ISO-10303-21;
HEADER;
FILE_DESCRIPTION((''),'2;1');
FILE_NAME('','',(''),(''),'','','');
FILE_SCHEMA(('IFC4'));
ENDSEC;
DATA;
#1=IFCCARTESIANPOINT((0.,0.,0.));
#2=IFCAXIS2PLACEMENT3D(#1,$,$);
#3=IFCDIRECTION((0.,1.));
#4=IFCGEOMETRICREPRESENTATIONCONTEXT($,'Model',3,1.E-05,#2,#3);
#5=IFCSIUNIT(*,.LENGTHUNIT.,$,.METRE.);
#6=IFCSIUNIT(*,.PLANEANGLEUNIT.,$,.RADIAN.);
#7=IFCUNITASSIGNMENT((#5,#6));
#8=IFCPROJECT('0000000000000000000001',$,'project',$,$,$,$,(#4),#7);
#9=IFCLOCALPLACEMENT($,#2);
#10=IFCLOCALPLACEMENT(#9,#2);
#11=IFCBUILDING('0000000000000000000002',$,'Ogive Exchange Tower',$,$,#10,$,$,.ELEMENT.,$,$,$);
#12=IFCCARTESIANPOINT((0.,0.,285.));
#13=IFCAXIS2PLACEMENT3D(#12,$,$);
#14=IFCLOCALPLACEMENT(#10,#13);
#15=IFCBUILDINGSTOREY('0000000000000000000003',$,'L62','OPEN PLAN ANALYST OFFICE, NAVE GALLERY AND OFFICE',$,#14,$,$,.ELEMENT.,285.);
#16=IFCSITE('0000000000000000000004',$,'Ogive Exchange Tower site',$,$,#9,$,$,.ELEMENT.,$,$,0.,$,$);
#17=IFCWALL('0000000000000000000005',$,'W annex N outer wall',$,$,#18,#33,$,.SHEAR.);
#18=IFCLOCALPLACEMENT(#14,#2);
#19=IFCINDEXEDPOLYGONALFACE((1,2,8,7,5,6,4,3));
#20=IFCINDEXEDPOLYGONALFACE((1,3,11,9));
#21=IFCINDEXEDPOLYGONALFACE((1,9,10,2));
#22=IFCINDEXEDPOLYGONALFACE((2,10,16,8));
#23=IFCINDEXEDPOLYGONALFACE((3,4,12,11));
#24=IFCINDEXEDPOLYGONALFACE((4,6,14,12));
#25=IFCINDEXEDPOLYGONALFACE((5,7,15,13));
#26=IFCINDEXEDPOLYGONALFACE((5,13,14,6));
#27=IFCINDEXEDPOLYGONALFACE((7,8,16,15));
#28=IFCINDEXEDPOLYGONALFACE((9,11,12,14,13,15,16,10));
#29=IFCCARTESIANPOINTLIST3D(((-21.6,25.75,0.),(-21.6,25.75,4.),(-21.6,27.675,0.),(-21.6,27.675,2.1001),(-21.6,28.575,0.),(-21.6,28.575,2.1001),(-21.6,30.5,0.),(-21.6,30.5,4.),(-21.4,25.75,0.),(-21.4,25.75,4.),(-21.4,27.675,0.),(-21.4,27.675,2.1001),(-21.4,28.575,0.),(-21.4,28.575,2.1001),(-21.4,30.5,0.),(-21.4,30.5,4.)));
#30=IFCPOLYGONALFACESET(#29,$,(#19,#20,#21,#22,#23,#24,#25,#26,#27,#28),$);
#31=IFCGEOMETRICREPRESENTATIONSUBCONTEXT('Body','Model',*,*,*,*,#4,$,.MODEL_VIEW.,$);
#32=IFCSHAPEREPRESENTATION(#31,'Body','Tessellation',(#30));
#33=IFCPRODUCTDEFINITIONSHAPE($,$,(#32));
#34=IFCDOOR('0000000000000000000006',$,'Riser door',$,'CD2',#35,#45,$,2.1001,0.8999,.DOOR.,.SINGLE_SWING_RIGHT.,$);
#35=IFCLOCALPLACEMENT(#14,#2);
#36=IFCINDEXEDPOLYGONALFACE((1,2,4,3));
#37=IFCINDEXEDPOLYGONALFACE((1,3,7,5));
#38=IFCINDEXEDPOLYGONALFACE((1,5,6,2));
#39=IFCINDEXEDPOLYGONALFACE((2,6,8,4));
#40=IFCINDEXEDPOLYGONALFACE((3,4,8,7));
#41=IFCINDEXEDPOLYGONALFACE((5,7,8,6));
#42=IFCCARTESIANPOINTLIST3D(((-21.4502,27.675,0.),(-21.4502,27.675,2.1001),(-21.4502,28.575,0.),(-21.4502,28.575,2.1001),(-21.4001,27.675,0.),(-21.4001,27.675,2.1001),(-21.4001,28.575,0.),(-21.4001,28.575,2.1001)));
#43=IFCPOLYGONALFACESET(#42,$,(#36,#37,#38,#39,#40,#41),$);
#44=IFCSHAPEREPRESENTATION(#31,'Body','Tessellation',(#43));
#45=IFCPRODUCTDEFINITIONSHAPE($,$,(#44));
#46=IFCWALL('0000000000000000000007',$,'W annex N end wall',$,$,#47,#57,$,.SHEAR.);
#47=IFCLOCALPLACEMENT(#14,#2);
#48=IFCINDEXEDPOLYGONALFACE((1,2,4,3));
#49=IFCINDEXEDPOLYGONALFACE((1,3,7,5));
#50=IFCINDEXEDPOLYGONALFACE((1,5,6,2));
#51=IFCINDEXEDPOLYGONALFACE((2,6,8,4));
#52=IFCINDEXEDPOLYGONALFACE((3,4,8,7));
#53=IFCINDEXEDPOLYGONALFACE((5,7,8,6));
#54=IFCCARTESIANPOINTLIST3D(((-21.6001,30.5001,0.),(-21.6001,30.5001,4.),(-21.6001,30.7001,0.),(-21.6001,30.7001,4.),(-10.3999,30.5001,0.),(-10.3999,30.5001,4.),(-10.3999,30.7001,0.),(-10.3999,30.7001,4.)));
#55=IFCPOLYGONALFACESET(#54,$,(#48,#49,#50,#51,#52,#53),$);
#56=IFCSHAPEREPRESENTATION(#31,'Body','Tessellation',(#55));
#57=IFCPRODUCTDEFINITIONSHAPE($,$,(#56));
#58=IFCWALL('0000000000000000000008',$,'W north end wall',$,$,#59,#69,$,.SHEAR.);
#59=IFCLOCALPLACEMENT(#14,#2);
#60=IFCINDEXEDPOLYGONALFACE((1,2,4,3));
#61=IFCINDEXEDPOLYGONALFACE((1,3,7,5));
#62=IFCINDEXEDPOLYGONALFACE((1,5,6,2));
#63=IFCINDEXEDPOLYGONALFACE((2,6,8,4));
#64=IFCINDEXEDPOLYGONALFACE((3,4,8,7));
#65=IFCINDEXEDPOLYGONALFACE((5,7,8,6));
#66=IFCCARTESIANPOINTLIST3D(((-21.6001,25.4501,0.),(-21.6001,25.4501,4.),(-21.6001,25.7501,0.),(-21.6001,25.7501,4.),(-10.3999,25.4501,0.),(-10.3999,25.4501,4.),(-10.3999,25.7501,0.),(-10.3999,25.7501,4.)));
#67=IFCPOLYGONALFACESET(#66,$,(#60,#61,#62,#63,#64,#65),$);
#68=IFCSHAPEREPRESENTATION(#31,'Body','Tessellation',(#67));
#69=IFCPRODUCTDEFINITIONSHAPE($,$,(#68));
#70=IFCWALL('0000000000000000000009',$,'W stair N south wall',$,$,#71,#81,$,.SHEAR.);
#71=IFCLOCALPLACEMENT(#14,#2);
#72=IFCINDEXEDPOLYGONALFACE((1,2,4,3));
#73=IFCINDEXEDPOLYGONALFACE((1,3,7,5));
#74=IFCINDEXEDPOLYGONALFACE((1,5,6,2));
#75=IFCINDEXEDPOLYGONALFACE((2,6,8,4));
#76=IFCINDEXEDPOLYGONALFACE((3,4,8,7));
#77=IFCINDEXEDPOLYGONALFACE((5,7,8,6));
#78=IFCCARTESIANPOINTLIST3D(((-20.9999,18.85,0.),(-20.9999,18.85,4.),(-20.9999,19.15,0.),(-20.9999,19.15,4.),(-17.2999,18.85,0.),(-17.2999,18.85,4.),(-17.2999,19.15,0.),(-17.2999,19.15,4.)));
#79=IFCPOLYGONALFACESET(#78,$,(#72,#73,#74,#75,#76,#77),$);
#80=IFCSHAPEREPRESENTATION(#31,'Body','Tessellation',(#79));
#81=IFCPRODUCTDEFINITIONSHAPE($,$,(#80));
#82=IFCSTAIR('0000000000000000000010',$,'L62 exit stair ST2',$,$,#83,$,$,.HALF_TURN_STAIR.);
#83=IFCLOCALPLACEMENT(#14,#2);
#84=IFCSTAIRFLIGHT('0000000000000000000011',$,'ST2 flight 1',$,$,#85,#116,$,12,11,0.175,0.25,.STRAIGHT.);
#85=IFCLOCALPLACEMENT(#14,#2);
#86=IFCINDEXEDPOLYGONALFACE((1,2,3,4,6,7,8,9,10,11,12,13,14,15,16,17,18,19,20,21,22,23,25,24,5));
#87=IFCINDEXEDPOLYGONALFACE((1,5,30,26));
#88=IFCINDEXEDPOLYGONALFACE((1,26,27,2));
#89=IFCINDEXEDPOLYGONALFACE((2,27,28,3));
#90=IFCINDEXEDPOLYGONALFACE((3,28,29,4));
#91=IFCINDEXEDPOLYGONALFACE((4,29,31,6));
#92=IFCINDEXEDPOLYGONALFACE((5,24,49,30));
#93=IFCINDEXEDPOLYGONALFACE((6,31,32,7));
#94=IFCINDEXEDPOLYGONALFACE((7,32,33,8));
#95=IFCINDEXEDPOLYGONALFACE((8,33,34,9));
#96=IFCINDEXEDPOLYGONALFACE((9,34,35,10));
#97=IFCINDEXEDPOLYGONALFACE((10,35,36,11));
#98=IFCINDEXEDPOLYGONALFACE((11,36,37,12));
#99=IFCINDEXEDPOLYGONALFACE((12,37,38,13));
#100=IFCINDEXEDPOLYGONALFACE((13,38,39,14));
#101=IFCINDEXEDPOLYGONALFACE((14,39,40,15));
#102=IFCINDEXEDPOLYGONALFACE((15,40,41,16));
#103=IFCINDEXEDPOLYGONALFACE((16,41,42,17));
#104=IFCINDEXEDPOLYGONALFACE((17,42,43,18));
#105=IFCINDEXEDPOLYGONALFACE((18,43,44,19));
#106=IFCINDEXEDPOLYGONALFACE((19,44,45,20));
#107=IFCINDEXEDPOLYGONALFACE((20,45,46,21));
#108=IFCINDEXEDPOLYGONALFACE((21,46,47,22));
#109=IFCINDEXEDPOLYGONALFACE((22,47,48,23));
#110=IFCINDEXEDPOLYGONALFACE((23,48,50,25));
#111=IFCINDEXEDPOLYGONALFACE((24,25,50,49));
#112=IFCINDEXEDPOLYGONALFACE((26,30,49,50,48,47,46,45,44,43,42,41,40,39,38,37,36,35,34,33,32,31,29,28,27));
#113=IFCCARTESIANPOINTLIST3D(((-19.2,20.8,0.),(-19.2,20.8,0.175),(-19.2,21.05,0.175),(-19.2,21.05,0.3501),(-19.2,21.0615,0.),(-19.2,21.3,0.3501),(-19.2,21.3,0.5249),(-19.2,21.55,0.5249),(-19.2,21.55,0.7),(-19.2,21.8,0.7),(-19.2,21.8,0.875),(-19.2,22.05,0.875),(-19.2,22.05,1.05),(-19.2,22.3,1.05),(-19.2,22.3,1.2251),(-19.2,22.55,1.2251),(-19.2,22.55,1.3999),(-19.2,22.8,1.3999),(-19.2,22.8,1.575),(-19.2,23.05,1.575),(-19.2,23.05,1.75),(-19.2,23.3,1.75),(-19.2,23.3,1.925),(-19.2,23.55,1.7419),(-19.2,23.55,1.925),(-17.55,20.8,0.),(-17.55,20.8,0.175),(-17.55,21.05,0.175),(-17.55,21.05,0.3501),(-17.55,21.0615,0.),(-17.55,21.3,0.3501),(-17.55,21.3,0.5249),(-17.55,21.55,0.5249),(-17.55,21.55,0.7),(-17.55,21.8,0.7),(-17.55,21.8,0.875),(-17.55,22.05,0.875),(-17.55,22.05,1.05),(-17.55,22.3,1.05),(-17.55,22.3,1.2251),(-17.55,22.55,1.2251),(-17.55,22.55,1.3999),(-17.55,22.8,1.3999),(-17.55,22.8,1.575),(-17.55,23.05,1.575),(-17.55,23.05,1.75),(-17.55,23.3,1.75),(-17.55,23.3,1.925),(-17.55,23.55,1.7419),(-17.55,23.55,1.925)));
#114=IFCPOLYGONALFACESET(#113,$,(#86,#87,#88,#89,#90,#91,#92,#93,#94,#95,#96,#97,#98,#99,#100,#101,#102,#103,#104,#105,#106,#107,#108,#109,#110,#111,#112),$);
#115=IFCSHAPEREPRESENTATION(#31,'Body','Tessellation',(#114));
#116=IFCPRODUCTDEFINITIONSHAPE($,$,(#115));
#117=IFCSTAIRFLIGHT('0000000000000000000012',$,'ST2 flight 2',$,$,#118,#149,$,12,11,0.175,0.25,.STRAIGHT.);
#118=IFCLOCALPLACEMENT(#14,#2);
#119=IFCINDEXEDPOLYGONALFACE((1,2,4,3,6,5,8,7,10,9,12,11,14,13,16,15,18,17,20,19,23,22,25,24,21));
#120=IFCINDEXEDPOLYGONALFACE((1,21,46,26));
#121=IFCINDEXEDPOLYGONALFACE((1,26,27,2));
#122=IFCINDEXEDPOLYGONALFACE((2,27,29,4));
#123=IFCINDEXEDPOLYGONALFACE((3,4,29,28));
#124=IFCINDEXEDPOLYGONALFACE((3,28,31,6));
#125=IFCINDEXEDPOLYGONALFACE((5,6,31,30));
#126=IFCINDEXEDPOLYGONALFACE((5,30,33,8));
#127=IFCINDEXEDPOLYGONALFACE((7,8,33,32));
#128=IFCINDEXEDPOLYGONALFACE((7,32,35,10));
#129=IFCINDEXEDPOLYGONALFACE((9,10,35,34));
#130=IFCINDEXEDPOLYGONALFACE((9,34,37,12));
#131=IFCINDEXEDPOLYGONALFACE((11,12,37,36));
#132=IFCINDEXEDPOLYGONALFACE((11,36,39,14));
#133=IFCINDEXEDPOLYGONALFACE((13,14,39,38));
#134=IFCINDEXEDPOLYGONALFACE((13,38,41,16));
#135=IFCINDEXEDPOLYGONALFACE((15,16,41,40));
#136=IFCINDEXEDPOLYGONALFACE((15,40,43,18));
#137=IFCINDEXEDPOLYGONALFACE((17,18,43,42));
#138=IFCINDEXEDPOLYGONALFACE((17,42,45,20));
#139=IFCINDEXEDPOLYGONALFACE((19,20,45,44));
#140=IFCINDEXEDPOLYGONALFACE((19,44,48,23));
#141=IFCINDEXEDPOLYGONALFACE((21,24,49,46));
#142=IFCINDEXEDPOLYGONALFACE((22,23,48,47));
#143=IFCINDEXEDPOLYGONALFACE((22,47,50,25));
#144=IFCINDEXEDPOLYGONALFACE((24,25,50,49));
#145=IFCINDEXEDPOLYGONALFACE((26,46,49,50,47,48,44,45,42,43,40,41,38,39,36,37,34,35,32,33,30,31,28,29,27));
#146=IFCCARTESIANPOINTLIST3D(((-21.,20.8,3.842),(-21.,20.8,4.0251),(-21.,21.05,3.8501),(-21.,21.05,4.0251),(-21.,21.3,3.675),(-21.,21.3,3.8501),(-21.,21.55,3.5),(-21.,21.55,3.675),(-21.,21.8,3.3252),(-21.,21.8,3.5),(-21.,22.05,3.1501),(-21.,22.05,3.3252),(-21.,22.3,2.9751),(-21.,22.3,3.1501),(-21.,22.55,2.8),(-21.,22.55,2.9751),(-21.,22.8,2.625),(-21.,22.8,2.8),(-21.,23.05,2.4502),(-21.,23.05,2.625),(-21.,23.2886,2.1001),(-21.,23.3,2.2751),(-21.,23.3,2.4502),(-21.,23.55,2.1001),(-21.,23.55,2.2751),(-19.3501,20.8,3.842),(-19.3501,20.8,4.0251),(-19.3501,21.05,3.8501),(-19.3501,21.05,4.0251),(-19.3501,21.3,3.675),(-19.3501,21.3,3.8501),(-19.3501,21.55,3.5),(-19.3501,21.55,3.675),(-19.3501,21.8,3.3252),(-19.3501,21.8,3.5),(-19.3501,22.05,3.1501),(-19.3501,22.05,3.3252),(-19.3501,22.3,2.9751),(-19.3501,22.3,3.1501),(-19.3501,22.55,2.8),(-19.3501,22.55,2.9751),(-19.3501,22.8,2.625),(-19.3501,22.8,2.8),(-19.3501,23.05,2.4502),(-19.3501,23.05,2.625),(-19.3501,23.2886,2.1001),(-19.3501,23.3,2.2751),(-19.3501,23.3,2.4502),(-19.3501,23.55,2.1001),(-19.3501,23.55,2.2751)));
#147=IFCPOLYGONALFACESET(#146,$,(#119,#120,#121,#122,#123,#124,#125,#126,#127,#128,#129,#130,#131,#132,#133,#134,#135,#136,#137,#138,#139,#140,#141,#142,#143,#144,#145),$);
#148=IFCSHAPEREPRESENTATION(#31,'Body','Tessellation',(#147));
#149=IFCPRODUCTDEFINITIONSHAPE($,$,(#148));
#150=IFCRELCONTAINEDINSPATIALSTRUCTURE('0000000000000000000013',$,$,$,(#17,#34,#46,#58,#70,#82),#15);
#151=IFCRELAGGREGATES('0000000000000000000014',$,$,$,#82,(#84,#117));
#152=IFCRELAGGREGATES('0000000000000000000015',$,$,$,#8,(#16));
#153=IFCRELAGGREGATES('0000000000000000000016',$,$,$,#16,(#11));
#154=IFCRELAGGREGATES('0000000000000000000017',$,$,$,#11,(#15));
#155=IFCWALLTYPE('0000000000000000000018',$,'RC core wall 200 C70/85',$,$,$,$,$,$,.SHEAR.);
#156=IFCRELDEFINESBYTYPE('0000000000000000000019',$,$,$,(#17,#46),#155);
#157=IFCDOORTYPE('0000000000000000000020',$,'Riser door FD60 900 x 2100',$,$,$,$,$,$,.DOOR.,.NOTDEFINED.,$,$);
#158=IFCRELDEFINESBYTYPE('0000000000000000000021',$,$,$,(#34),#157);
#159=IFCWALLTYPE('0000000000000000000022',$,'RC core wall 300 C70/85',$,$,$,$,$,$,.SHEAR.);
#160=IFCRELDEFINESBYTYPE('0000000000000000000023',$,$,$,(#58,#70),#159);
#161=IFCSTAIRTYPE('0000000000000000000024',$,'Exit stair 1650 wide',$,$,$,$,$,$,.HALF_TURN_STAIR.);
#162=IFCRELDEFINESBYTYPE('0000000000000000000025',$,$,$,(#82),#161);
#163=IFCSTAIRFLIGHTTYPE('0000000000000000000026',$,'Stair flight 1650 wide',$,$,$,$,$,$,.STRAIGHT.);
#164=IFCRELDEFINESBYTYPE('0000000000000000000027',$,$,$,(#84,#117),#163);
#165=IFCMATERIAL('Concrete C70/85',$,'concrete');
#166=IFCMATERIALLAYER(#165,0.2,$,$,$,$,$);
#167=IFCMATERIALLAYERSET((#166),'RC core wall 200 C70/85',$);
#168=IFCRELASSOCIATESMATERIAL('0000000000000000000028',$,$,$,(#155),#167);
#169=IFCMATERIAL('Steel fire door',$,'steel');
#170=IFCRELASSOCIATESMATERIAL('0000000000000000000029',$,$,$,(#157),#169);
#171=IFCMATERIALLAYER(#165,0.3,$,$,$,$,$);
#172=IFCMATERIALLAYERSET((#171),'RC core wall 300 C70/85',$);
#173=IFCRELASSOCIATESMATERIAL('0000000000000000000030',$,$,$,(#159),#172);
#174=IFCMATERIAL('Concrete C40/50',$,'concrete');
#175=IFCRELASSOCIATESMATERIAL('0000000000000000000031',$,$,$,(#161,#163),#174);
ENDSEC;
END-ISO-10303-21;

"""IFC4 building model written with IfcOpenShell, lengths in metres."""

from ifc_helpers import new_model, si_unit, direction, frame, frame_2d, origin, place, context, subcontext, project, spatial, polyline, rectangle, outline, extrude, material, layer, layer_set, type_object, element, fill, aggregate, save


model = new_model("IFC4")

# Units and contexts
model_context = context("Model", 3, precision=1e-05, world=origin(), true_north=direction((0.0, 1.0)))
body_context = subcontext(model_context, "Body", "Model", "MODEL_VIEW")
ifc_project = project(units=[si_unit("LENGTHUNIT", "METRE"), si_unit("PLANEANGLEUNIT", "RADIAN")], contexts=[model_context])

# Site, building, storey
site_placement = place(None, origin())
site = spatial("IfcSite", under=ifc_project, at=site_placement, Name="Ogive Exchange Tower site", CompositionType="ELEMENT", RefElevation=0.0)
building_placement = place(site_placement, origin())
building = spatial("IfcBuilding", under=site, at=building_placement, Name="Ogive Exchange Tower", CompositionType="ELEMENT")
storey_placement = place(building_placement, frame((0.0, 0.0, 285.0)))
storey = spatial("IfcBuildingStorey", under=building, at=storey_placement, Name="L62", Description="OPEN PLAN ANALYST OFFICE, NAVE GALLERY AND OFFICE", CompositionType="ELEMENT", Elevation=285.0)

# Wall, opening, door
ifc_material_1 = material(Name="Concrete C70/85", Category="concrete")
ifc_layer_1 = layer(ifc_material_1, 0.2)
ifc_layer_set_1 = layer_set([ifc_layer_1], Name="RC core wall 200 C70/85")
wall_type_1 = type_object("IfcWallType", Name="RC core wall 200 C70/85", PredefinedType="SHEAR", material=ifc_layer_set_1)
wall_1_placement = place(storey_placement, frame((-21.5, 25.75, 0.0), z_axis=(0.0, 0.0, 1.0), x_axis=(0.0, 1.0, 0.0)))
wall_1 = element("IfcWall", 1, at=wall_1_placement, inside=storey, type_object=wall_type_1, Name="W annex N outer wall", PredefinedType="SHEAR", context=body_context, shape_type="SweptSolid", body=[
    extrude(rectangle(XDim=4.75, YDim=0.2, at=frame_2d((2.375, 0.0))), origin(), (0.0, 0.0, 1.0), 4.0),
])
opening_placement = place(wall_1_placement, frame((1.925, 0.0, 0.0)))
opening = element("IfcOpeningElement", 2, at=opening_placement, cuts=wall_1, PredefinedType="OPENING", context=body_context, shape_type="SweptSolid", body=[
    extrude(rectangle(XDim=0.8999, YDim=2.1001, at=frame_2d((0.45, 1.05))), frame((0.0, 0.1099, 0.0), z_axis=(0.0, -1.0, 0.0), x_axis=(1.0, 0.0, 0.0)), (0.0, 0.0, 1.0), 0.22),
])
ifc_material_2 = material(Name="Steel fire door", Category="steel")
door_type = type_object("IfcDoorType", Name="Riser door FD60 900 x 2100", OperationType="NOTDEFINED", PredefinedType="DOOR", material=ifc_material_2)
door_placement = place(opening_placement, origin())
door = element("IfcDoor", 3, at=door_placement, inside=storey, type_object=door_type, Name="Riser door", ObjectType="CD2", OperationType="SINGLE_SWING_RIGHT", OverallHeight=2.1001, OverallWidth=0.8999, PredefinedType="DOOR", context=body_context, shape_type="SweptSolid", body=[
    extrude(rectangle(XDim=0.8999, YDim=2.1001, at=frame_2d((0.45, 1.05))), frame((0.0, -0.0498, 0.0), z_axis=(0.0, -1.0, 0.0), x_axis=(1.0, 0.0, 0.0)), (0.0, 0.0, 1.0), 0.05),
])
fill(opening, door)

# Walls
wall_2_placement = place(storey_placement, frame((-21.6001, 30.6001, 0.0), z_axis=(0.0, 0.0, 1.0), x_axis=(1.0, 0.0, 0.0)))
element("IfcWall", 4, at=wall_2_placement, inside=storey, type_object=wall_type_1, Name="W annex N end wall", PredefinedType="SHEAR", context=body_context, shape_type="SweptSolid", body=[
    extrude(rectangle(XDim=11.2002, YDim=0.2, at=frame_2d((5.6001, 0.0))), origin(), (0.0, 0.0, 1.0), 4.0),
])
ifc_layer_2 = layer(ifc_material_1, 0.3)
ifc_layer_set_2 = layer_set([ifc_layer_2], Name="RC core wall 300 C70/85")
wall_type_2 = type_object("IfcWallType", Name="RC core wall 300 C70/85", PredefinedType="SHEAR", material=ifc_layer_set_2)
wall_3_placement = place(storey_placement, frame((-21.6001, 25.6001, 0.0), z_axis=(0.0, 0.0, 1.0), x_axis=(1.0, 0.0, 0.0)))
element("IfcWall", 5, at=wall_3_placement, inside=storey, type_object=wall_type_2, Name="W north end wall", PredefinedType="SHEAR", context=body_context, shape_type="SweptSolid", body=[
    extrude(rectangle(XDim=11.2002, YDim=0.3, at=frame_2d((5.6001, 0.0))), origin(), (0.0, 0.0, 1.0), 4.0),
])
wall_4_placement = place(storey_placement, frame((-21.0, 19.0, 0.0), z_axis=(0.0, 0.0, 1.0), x_axis=(1.0, 0.0, 0.0)))
element("IfcWall", 6, at=wall_4_placement, inside=storey, type_object=wall_type_2, Name="W stair N south wall", PredefinedType="SHEAR", context=body_context, shape_type="SweptSolid", body=[
    extrude(rectangle(XDim=3.7, YDim=0.3, at=frame_2d((1.8501, 0.0))), origin(), (0.0, 0.0, 1.0), 4.0),
])

# Stair, stair flights
ifc_material_3 = material(Name="Concrete C40/50", Category="concrete")
stair_type = type_object("IfcStairType", Name="Exit stair 1650 wide", PredefinedType="HALF_TURN_STAIR", material=ifc_material_3)
stair_placement = place(storey_placement, origin())
stair = element("IfcStair", 7, at=stair_placement, inside=storey, type_object=stair_type, Name="L62 exit stair ST2", PredefinedType="HALF_TURN_STAIR")
stair_flight_type = type_object("IfcStairFlightType", Name="Stair flight 1650 wide", PredefinedType="STRAIGHT", material=ifc_material_3)
stair_flight_1_placement = place(storey_placement, frame((-18.375, 20.8, 0.0), z_axis=(0.0, 0.0, 1.0), x_axis=(0.0, 1.0, 0.0)))
stair_flight_1 = element("IfcStairFlight", 8, at=stair_flight_1_placement, type_object=stair_flight_type, Name="ST2 flight 1", NumberOfRisers=12, NumberOfTreads=11, PredefinedType="STRAIGHT", RiserHeight=0.175, TreadLength=0.25, context=body_context, shape_type="SweptSolid", body=[
    extrude(outline(polyline([(0.0, 0.0), (0.0, 0.175), (0.25, 0.175), (0.25, 0.3501), (0.5, 0.3501), (0.5, 0.5249), (0.75, 0.5249), (0.75, 0.7), (1.0, 0.7), (1.0, 0.875), (1.25, 0.875), (1.25, 1.05), (1.5, 1.05), (1.5, 1.2251), (1.75, 1.2251), (1.75, 1.3999), (2.0, 1.3999), (2.0, 1.575), (2.25, 1.575), (2.25, 1.75), (2.5, 1.75), (2.5, 1.925), (2.75, 1.925), (2.75, 2.1001), (2.75, 1.7419), (0.2615, 0.0), (0.0, 0.0)])), frame((0.0, 0.825, 0.0), z_axis=(0.0, -1.0, 0.0), x_axis=(1.0, 0.0, 0.0)), (0.0, 0.0, 1.0), 1.6499),
])
stair_flight_2_placement = place(storey_placement, frame((-20.175, 23.55, 2.1001), z_axis=(0.0, 0.0, 1.0), x_axis=(0.0, -1.0, 0.0)))
stair_flight_2 = element("IfcStairFlight", 9, at=stair_flight_2_placement, type_object=stair_flight_type, Name="ST2 flight 2", NumberOfRisers=12, NumberOfTreads=11, PredefinedType="STRAIGHT", RiserHeight=0.175, TreadLength=0.25, context=body_context, shape_type="SweptSolid", body=[
    extrude(outline(polyline([(0.0, 0.0), (0.0, 0.175), (0.25, 0.175), (0.25, 0.3501), (0.5, 0.3501), (0.5, 0.5249), (0.75, 0.5249), (0.75, 0.7), (1.0, 0.7), (1.0, 0.875), (1.25, 0.875), (1.25, 1.05), (1.5, 1.05), (1.5, 1.2251), (1.75, 1.2251), (1.75, 1.3999), (2.0, 1.3999), (2.0, 1.575), (2.25, 1.575), (2.25, 1.75), (2.5, 1.75), (2.5, 1.925), (2.75, 1.925), (2.75, 2.1001), (2.75, 1.7419), (0.2615, 0.0), (0.0, 0.0)])), frame((0.0, 0.825, 0.0), z_axis=(0.0, -1.0, 0.0), x_axis=(1.0, 0.0, 0.0)), (0.0, 0.0, 1.0), 1.6499),
])
aggregate(stair, [stair_flight_1, stair_flight_2])

save(model, "model.ifc")
